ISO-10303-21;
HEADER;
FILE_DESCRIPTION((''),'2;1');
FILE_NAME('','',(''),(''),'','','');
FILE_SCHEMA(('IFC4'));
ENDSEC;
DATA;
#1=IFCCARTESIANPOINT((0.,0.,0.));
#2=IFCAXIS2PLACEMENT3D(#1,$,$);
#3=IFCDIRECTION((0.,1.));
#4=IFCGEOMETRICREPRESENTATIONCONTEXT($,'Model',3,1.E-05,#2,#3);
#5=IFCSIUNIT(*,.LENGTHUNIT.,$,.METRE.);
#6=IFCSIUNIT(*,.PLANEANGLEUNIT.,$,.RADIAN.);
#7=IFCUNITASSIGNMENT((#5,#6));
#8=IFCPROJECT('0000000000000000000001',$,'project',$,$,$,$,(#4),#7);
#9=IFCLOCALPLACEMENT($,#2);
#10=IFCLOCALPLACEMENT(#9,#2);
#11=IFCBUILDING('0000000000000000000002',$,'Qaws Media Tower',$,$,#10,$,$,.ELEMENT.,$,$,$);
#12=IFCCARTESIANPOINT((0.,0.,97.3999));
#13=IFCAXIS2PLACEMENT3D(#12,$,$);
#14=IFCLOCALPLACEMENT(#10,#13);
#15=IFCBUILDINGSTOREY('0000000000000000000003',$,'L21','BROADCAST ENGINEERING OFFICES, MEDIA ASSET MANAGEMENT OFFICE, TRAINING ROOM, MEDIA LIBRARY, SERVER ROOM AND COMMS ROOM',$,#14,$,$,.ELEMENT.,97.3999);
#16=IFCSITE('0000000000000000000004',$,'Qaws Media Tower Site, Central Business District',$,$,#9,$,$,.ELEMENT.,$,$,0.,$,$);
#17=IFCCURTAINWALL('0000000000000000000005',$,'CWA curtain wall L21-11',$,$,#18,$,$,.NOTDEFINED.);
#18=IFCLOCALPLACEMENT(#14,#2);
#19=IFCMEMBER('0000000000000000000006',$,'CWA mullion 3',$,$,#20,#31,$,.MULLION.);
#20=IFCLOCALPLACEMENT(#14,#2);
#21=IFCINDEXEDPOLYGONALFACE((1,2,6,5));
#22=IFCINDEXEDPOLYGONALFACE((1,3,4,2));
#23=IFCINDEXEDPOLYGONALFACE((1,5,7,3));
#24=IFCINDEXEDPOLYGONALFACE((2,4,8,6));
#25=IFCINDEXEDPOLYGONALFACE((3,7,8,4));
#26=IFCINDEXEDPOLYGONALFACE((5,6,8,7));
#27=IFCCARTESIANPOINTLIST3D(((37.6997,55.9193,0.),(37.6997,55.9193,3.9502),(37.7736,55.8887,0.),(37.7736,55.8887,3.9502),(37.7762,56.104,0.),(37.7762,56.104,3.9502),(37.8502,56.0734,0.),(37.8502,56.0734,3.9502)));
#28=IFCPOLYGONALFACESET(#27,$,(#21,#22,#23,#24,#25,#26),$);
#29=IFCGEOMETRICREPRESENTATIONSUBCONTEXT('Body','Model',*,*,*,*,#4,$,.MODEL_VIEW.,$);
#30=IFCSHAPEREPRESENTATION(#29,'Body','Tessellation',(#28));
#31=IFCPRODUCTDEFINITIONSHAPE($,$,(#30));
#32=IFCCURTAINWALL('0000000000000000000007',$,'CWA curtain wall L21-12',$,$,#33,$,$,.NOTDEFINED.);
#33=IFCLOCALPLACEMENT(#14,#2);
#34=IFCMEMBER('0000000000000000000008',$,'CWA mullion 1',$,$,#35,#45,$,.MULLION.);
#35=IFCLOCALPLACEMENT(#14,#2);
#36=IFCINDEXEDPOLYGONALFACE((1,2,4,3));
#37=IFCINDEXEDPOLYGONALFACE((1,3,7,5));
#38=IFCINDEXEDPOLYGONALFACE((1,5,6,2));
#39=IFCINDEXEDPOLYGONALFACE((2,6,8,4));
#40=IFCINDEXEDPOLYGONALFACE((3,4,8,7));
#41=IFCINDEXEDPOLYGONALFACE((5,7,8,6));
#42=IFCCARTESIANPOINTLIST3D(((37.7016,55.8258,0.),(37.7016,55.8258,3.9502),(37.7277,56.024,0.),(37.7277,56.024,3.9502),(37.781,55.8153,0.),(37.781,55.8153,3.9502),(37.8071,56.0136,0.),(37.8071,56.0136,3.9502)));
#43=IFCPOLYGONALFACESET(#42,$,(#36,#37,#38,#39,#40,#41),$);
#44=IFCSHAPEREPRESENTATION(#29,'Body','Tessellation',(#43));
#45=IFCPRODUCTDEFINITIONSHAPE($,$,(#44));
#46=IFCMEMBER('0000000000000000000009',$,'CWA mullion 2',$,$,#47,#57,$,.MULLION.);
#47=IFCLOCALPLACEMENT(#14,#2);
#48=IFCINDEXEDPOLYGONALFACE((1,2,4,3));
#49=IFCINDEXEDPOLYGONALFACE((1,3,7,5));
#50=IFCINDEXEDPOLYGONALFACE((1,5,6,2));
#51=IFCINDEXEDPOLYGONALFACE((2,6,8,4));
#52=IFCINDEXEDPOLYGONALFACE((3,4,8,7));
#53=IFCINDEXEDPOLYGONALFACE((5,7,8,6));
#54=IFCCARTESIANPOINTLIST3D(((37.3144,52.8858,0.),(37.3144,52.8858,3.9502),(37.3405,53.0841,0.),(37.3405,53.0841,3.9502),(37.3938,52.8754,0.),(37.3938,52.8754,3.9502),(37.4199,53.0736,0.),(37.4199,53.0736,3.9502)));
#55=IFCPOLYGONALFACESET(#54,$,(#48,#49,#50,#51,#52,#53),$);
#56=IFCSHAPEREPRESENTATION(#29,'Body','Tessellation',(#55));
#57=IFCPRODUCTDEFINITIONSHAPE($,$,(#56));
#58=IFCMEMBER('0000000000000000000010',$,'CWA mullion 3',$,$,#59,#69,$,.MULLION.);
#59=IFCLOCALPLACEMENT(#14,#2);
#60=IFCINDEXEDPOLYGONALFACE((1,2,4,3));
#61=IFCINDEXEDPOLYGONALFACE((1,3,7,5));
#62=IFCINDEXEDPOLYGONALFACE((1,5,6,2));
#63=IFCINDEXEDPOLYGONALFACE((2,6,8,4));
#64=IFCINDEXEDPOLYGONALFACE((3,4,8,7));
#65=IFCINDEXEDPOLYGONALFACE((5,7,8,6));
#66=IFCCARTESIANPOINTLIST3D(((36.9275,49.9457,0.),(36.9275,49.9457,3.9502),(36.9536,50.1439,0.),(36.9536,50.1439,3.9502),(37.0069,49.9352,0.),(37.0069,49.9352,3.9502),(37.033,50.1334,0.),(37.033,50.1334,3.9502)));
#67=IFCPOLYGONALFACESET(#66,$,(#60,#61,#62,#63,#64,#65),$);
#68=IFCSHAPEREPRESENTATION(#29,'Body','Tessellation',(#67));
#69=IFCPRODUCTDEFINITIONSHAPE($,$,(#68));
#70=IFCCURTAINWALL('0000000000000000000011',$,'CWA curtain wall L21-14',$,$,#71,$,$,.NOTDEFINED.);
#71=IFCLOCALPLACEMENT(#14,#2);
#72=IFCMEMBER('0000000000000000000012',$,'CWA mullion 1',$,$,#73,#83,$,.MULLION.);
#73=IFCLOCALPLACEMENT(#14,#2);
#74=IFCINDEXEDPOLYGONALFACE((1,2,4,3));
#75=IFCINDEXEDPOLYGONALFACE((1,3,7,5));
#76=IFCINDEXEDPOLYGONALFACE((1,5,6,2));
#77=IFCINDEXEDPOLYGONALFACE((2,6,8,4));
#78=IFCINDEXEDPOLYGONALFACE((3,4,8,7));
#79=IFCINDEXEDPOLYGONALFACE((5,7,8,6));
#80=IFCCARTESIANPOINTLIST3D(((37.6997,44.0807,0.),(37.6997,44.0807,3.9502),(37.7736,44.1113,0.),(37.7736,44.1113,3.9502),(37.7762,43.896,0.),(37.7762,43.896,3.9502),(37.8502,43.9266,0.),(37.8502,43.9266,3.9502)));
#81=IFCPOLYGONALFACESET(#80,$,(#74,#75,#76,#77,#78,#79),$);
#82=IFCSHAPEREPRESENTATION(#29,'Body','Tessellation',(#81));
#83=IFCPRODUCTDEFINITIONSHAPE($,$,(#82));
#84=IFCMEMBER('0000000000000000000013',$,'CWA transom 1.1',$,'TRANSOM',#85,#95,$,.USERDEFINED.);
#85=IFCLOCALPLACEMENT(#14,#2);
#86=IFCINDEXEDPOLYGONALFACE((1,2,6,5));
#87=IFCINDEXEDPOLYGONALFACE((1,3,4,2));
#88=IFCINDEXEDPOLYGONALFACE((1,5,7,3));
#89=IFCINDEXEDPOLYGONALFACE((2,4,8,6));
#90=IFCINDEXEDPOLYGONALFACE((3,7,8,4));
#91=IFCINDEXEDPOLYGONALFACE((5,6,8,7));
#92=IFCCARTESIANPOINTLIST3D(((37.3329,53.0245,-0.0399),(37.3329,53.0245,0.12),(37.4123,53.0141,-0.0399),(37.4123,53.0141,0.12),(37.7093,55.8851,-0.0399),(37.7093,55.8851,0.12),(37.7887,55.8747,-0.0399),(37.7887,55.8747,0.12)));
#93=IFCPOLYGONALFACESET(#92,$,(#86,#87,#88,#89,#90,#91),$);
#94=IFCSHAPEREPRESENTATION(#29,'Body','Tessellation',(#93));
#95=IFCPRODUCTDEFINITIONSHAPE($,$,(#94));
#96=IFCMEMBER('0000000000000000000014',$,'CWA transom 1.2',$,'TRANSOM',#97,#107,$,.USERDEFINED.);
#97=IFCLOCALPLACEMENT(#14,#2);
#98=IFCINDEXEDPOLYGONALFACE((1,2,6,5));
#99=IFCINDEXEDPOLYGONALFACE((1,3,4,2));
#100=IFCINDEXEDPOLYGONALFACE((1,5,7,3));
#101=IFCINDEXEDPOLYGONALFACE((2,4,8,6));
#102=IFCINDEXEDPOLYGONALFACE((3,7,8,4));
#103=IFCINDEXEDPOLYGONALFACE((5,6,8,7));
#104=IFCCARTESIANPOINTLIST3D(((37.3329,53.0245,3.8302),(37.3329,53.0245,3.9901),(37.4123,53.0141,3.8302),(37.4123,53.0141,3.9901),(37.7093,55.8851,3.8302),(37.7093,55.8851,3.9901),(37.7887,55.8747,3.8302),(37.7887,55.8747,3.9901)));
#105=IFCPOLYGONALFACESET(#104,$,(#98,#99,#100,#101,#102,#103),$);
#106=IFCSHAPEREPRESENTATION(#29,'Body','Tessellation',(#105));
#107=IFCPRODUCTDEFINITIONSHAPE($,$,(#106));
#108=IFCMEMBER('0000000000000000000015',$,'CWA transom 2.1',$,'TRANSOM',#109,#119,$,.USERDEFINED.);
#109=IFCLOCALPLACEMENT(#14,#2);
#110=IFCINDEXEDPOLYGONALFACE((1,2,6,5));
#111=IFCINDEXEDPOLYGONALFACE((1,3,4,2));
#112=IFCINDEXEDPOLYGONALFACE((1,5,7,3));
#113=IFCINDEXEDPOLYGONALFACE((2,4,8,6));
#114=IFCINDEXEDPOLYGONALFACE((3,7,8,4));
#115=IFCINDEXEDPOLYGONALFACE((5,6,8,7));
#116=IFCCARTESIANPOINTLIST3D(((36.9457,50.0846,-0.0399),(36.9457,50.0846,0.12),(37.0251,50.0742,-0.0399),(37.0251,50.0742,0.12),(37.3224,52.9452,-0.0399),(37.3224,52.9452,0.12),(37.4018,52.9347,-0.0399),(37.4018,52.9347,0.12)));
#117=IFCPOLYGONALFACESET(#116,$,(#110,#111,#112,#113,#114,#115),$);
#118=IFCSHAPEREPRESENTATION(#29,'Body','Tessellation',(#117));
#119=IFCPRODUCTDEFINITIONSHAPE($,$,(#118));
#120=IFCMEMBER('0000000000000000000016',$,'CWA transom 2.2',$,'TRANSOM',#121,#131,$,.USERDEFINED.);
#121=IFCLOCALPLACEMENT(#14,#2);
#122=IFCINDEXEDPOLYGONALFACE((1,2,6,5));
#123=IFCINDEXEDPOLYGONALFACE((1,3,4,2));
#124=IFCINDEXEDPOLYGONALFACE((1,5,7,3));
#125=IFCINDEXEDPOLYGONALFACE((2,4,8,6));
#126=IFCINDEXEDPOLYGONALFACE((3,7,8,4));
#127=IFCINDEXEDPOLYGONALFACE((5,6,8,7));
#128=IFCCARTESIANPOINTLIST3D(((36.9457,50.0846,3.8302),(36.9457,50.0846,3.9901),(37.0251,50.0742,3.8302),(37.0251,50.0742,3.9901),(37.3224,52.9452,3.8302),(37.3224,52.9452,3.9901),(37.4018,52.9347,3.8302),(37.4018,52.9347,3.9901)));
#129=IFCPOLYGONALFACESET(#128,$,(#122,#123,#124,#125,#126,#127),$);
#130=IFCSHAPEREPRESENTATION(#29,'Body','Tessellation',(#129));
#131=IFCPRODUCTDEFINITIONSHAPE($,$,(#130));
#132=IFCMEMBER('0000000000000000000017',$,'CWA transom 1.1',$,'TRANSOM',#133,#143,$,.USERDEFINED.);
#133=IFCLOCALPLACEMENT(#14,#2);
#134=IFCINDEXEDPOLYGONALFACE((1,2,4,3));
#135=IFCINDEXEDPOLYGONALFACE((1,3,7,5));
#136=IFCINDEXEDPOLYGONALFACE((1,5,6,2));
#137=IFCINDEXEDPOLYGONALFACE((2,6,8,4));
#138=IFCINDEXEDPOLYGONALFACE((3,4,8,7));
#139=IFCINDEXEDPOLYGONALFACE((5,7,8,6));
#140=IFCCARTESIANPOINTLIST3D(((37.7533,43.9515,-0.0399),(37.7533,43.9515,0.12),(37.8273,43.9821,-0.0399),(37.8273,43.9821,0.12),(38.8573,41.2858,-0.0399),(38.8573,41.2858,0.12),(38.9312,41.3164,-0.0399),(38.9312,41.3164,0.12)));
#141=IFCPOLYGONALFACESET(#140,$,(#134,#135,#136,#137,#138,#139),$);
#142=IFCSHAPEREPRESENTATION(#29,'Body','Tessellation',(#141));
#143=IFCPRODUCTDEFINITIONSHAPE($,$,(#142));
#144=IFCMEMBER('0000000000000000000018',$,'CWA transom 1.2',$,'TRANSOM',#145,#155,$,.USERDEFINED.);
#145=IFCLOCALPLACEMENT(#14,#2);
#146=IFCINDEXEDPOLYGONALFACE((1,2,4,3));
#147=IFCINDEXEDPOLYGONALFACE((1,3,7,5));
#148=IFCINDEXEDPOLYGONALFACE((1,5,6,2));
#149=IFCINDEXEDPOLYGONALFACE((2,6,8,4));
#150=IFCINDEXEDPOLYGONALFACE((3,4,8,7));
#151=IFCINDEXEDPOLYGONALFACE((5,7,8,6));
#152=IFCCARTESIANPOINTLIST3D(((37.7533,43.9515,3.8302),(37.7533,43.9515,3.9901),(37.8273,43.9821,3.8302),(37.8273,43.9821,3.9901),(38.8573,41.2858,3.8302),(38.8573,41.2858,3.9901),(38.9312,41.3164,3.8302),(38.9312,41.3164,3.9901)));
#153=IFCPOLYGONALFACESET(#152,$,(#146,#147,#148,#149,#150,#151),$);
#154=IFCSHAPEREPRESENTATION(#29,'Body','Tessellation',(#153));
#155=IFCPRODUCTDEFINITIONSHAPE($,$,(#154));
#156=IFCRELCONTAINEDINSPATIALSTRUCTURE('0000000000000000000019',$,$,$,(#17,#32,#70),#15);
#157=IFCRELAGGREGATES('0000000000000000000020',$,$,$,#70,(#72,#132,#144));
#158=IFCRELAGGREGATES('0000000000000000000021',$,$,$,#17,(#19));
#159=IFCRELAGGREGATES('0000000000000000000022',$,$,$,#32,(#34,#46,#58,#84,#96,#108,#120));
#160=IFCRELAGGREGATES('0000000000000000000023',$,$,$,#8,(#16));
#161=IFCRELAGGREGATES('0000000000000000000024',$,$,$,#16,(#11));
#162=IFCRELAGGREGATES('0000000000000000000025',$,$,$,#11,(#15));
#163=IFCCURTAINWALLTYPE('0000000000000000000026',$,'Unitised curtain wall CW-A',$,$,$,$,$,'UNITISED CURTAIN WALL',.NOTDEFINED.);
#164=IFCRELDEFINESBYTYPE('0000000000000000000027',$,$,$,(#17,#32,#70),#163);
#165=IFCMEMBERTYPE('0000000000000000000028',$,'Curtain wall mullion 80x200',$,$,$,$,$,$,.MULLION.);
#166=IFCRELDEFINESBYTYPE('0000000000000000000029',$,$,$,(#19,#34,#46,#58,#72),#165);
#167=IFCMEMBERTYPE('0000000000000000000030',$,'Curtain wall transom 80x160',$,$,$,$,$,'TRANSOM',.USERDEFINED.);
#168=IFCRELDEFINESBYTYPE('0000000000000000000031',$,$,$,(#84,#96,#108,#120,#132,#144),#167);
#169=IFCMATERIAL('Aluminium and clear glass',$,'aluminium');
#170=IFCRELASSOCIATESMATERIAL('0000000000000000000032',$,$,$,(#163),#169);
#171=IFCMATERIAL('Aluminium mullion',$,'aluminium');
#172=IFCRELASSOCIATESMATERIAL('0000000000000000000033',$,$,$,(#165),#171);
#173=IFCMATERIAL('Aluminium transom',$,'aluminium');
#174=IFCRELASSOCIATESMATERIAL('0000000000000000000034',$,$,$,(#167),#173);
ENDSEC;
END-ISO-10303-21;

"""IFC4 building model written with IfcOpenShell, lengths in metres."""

from ifc_helpers import new_model, si_unit, direction, frame, origin, origin_2d, place, context, subcontext, project, spatial, rectangle, extrude, material, material_profile, profile_set, type_object, element, aggregate, save


model = new_model("IFC4")

# Units and contexts
model_context = context("Model", 3, precision=1e-05, world=origin(), true_north=direction((0.0, 1.0)))
body_context = subcontext(model_context, "Body", "Model", "MODEL_VIEW")
ifc_project = project(units=[si_unit("LENGTHUNIT", "METRE"), si_unit("PLANEANGLEUNIT", "RADIAN")], contexts=[model_context])

# Site, building, storey
site_placement = place(None, origin())
site = spatial("IfcSite", under=ifc_project, at=site_placement, Name="Qaws Media Tower Site, Central Business District", CompositionType="ELEMENT", RefElevation=0.0)
building_placement = place(site_placement, origin())
building = spatial("IfcBuilding", under=site, at=building_placement, Name="Qaws Media Tower", CompositionType="ELEMENT")
storey_placement = place(building_placement, frame((0.0, 0.0, 97.3999)))
storey = spatial("IfcBuildingStorey", under=building, at=storey_placement, Name="L21", Description="BROADCAST ENGINEERING OFFICES, MEDIA ASSET MANAGEMENT OFFICE, TRAINING ROOM, MEDIA LIBRARY, SERVER ROOM AND COMMS ROOM", CompositionType="ELEMENT", Elevation=97.3999)

# Curtain wall, member
ifc_material_1 = material(Name="Aluminium and clear glass", Category="aluminium")
curtain_wall_type = type_object("IfcCurtainWallType", Name="Unitised curtain wall CW-A", ElementType="UNITISED CURTAIN WALL", PredefinedType="NOTDEFINED", material=ifc_material_1)
curtain_wall_1_placement = place(storey_placement, origin())
curtain_wall_1 = element("IfcCurtainWall", 1, at=curtain_wall_1_placement, inside=storey, type_object=curtain_wall_type, Name="CWA curtain wall L21-11", PredefinedType="NOTDEFINED")
ifc_material_2 = material(Name="Aluminium mullion", Category="aluminium")
ifc_material_profile_1 = material_profile(ifc_material_2, rectangle(XDim=0.0801, YDim=0.2, at=origin_2d()), Name="80x200")
ifc_profile_set_1 = profile_set([ifc_material_profile_1], Name="Aluminium mullion")
member_type_1 = type_object("IfcMemberType", Name="Curtain wall mullion 80x200", PredefinedType="MULLION", material=ifc_profile_set_1)
member_1_placement = place(storey_placement, frame((37.7749, 55.9963, 0.0), z_axis=(0.0, 0.0, 1.0), x_axis=(0.92388, -0.382683, 0.0)))
member_1 = element("IfcMember", 2, at=member_1_placement, type_object=member_type_1, Name="CWA mullion 3", PredefinedType="MULLION", context=body_context, shape_type="SweptSolid", body=[
    extrude(rectangle(XDim=0.0801, YDim=0.2, at=origin_2d()), origin(), (0.0, 0.0, 1.0), 3.9502),
])

# Curtain wall, members
curtain_wall_2_placement = place(storey_placement, origin())
curtain_wall_2 = element("IfcCurtainWall", 3, at=curtain_wall_2_placement, inside=storey, type_object=curtain_wall_type, Name="CWA curtain wall L21-12", PredefinedType="NOTDEFINED")
member_2_placement = place(storey_placement, frame((37.7544, 55.9197, 0.0), z_axis=(0.0, 0.0, 1.0), x_axis=(0.991445, -0.130526, 0.0)))
member_2 = element("IfcMember", 4, at=member_2_placement, type_object=member_type_1, Name="CWA mullion 1", PredefinedType="MULLION", context=body_context, shape_type="SweptSolid", body=[
    extrude(rectangle(XDim=0.0801, YDim=0.2, at=origin_2d()), origin(), (0.0, 0.0, 1.0), 3.9502),
])
member_3_placement = place(storey_placement, frame((37.3672, 52.9797, 0.0), z_axis=(0.0, 0.0, 1.0), x_axis=(0.991445, -0.130526, 0.0)))
member_3 = element("IfcMember", 5, at=member_3_placement, type_object=member_type_1, Name="CWA mullion 2", PredefinedType="MULLION", context=body_context, shape_type="SweptSolid", body=[
    extrude(rectangle(XDim=0.0801, YDim=0.2, at=origin_2d()), origin(), (0.0, 0.0, 1.0), 3.9502),
])
member_4_placement = place(storey_placement, frame((36.9802, 50.0396, 0.0), z_axis=(0.0, 0.0, 1.0), x_axis=(0.991445, -0.130526, 0.0)))
member_4 = element("IfcMember", 6, at=member_4_placement, type_object=member_type_1, Name="CWA mullion 3", PredefinedType="MULLION", context=body_context, shape_type="SweptSolid", body=[
    extrude(rectangle(XDim=0.0801, YDim=0.2, at=origin_2d()), origin(), (0.0, 0.0, 1.0), 3.9502),
])

# Curtain wall, member
curtain_wall_3_placement = place(storey_placement, origin())
curtain_wall_3 = element("IfcCurtainWall", 7, at=curtain_wall_3_placement, inside=storey, type_object=curtain_wall_type, Name="CWA curtain wall L21-14", PredefinedType="NOTDEFINED")
member_5_placement = place(storey_placement, frame((37.7749, 44.0037, 0.0), z_axis=(0.0, 0.0, 1.0), x_axis=(0.92388, 0.382683, 0.0)))
member_5 = element("IfcMember", 8, at=member_5_placement, type_object=member_type_1, Name="CWA mullion 1", PredefinedType="MULLION", context=body_context, shape_type="SweptSolid", body=[
    extrude(rectangle(XDim=0.0801, YDim=0.2, at=origin_2d()), origin(), (0.0, 0.0, 1.0), 3.9502),
])

# Members
ifc_material_3 = material(Name="Aluminium transom", Category="aluminium")
ifc_material_profile_2 = material_profile(ifc_material_3, rectangle(XDim=0.0801, YDim=0.1599, at=origin_2d()), Name="80x160")
ifc_profile_set_2 = profile_set([ifc_material_profile_2], Name="Aluminium transom")
member_type_2 = type_object("IfcMemberType", Name="Curtain wall transom 80x160", ElementType="TRANSOM", PredefinedType="USERDEFINED", material=ifc_profile_set_2)
member_6_placement = place(storey_placement, frame((37.749, 55.8799, 0.04), z_axis=(-0.130479, -0.991451, 0.0), x_axis=(0.991451, -0.130479, 0.0)))
member_6 = element("IfcMember", 9, at=member_6_placement, type_object=member_type_2, Name="CWA transom 1.1", ObjectType="TRANSOM", PredefinedType="USERDEFINED", context=body_context, shape_type="SweptSolid", body=[
    extrude(rectangle(XDim=0.0801, YDim=0.1599, at=origin_2d()), origin(), (0.0, 0.0, 1.0), 2.8853),
])
member_7_placement = place(storey_placement, frame((37.749, 55.8799, 3.9102), z_axis=(-0.130479, -0.991451, 0.0), x_axis=(0.991451, -0.130479, 0.0)))
member_7 = element("IfcMember", 10, at=member_7_placement, type_object=member_type_2, Name="CWA transom 1.2", ObjectType="TRANSOM", PredefinedType="USERDEFINED", context=body_context, shape_type="SweptSolid", body=[
    extrude(rectangle(XDim=0.0801, YDim=0.1599, at=origin_2d()), origin(), (0.0, 0.0, 1.0), 2.8853),
])
member_8_placement = place(storey_placement, frame((37.3621, 52.9399, 0.04), z_axis=(-0.130562, -0.99144, 0.0), x_axis=(0.99144, -0.130562, 0.0)))
member_8 = element("IfcMember", 11, at=member_8_placement, type_object=member_type_2, Name="CWA transom 2.1", ObjectType="TRANSOM", PredefinedType="USERDEFINED", context=body_context, shape_type="SweptSolid", body=[
    extrude(rectangle(XDim=0.0801, YDim=0.1599, at=origin_2d()), origin(), (0.0, 0.0, 1.0), 2.8853),
])
member_9_placement = place(storey_placement, frame((37.3621, 52.9399, 3.9102), z_axis=(-0.130562, -0.99144, 0.0), x_axis=(0.99144, -0.130562, 0.0)))
member_9 = element("IfcMember", 12, at=member_9_placement, type_object=member_type_2, Name="CWA transom 2.2", ObjectType="TRANSOM", PredefinedType="USERDEFINED", context=body_context, shape_type="SweptSolid", body=[
    extrude(rectangle(XDim=0.0801, YDim=0.1599, at=origin_2d()), origin(), (0.0, 0.0, 1.0), 2.8853),
])
member_10_placement = place(storey_placement, frame((37.7903, 43.9668, 0.04), z_axis=(0.382626, -0.923903, 0.0), x_axis=(0.923903, 0.382626, 0.0)))
member_10 = element("IfcMember", 13, at=member_10_placement, type_object=member_type_2, Name="CWA transom 1.1", ObjectType="TRANSOM", PredefinedType="USERDEFINED", context=body_context, shape_type="SweptSolid", body=[
    extrude(rectangle(XDim=0.0801, YDim=0.1599, at=origin_2d()), origin(), (0.0, 0.0, 1.0), 2.8853),
])
member_11_placement = place(storey_placement, frame((37.7903, 43.9668, 3.9102), z_axis=(0.382626, -0.923903, 0.0), x_axis=(0.923903, 0.382626, 0.0)))
member_11 = element("IfcMember", 14, at=member_11_placement, type_object=member_type_2, Name="CWA transom 1.2", ObjectType="TRANSOM", PredefinedType="USERDEFINED", context=body_context, shape_type="SweptSolid", body=[
    extrude(rectangle(XDim=0.0801, YDim=0.1599, at=origin_2d()), origin(), (0.0, 0.0, 1.0), 2.8853),
])
aggregate(curtain_wall_3, [member_5, member_10, member_11])

aggregate(curtain_wall_1, [member_1])
aggregate(curtain_wall_2, [member_2, member_3, member_4, member_6, member_7, member_8, member_9])

save(model, "model.ifc")
